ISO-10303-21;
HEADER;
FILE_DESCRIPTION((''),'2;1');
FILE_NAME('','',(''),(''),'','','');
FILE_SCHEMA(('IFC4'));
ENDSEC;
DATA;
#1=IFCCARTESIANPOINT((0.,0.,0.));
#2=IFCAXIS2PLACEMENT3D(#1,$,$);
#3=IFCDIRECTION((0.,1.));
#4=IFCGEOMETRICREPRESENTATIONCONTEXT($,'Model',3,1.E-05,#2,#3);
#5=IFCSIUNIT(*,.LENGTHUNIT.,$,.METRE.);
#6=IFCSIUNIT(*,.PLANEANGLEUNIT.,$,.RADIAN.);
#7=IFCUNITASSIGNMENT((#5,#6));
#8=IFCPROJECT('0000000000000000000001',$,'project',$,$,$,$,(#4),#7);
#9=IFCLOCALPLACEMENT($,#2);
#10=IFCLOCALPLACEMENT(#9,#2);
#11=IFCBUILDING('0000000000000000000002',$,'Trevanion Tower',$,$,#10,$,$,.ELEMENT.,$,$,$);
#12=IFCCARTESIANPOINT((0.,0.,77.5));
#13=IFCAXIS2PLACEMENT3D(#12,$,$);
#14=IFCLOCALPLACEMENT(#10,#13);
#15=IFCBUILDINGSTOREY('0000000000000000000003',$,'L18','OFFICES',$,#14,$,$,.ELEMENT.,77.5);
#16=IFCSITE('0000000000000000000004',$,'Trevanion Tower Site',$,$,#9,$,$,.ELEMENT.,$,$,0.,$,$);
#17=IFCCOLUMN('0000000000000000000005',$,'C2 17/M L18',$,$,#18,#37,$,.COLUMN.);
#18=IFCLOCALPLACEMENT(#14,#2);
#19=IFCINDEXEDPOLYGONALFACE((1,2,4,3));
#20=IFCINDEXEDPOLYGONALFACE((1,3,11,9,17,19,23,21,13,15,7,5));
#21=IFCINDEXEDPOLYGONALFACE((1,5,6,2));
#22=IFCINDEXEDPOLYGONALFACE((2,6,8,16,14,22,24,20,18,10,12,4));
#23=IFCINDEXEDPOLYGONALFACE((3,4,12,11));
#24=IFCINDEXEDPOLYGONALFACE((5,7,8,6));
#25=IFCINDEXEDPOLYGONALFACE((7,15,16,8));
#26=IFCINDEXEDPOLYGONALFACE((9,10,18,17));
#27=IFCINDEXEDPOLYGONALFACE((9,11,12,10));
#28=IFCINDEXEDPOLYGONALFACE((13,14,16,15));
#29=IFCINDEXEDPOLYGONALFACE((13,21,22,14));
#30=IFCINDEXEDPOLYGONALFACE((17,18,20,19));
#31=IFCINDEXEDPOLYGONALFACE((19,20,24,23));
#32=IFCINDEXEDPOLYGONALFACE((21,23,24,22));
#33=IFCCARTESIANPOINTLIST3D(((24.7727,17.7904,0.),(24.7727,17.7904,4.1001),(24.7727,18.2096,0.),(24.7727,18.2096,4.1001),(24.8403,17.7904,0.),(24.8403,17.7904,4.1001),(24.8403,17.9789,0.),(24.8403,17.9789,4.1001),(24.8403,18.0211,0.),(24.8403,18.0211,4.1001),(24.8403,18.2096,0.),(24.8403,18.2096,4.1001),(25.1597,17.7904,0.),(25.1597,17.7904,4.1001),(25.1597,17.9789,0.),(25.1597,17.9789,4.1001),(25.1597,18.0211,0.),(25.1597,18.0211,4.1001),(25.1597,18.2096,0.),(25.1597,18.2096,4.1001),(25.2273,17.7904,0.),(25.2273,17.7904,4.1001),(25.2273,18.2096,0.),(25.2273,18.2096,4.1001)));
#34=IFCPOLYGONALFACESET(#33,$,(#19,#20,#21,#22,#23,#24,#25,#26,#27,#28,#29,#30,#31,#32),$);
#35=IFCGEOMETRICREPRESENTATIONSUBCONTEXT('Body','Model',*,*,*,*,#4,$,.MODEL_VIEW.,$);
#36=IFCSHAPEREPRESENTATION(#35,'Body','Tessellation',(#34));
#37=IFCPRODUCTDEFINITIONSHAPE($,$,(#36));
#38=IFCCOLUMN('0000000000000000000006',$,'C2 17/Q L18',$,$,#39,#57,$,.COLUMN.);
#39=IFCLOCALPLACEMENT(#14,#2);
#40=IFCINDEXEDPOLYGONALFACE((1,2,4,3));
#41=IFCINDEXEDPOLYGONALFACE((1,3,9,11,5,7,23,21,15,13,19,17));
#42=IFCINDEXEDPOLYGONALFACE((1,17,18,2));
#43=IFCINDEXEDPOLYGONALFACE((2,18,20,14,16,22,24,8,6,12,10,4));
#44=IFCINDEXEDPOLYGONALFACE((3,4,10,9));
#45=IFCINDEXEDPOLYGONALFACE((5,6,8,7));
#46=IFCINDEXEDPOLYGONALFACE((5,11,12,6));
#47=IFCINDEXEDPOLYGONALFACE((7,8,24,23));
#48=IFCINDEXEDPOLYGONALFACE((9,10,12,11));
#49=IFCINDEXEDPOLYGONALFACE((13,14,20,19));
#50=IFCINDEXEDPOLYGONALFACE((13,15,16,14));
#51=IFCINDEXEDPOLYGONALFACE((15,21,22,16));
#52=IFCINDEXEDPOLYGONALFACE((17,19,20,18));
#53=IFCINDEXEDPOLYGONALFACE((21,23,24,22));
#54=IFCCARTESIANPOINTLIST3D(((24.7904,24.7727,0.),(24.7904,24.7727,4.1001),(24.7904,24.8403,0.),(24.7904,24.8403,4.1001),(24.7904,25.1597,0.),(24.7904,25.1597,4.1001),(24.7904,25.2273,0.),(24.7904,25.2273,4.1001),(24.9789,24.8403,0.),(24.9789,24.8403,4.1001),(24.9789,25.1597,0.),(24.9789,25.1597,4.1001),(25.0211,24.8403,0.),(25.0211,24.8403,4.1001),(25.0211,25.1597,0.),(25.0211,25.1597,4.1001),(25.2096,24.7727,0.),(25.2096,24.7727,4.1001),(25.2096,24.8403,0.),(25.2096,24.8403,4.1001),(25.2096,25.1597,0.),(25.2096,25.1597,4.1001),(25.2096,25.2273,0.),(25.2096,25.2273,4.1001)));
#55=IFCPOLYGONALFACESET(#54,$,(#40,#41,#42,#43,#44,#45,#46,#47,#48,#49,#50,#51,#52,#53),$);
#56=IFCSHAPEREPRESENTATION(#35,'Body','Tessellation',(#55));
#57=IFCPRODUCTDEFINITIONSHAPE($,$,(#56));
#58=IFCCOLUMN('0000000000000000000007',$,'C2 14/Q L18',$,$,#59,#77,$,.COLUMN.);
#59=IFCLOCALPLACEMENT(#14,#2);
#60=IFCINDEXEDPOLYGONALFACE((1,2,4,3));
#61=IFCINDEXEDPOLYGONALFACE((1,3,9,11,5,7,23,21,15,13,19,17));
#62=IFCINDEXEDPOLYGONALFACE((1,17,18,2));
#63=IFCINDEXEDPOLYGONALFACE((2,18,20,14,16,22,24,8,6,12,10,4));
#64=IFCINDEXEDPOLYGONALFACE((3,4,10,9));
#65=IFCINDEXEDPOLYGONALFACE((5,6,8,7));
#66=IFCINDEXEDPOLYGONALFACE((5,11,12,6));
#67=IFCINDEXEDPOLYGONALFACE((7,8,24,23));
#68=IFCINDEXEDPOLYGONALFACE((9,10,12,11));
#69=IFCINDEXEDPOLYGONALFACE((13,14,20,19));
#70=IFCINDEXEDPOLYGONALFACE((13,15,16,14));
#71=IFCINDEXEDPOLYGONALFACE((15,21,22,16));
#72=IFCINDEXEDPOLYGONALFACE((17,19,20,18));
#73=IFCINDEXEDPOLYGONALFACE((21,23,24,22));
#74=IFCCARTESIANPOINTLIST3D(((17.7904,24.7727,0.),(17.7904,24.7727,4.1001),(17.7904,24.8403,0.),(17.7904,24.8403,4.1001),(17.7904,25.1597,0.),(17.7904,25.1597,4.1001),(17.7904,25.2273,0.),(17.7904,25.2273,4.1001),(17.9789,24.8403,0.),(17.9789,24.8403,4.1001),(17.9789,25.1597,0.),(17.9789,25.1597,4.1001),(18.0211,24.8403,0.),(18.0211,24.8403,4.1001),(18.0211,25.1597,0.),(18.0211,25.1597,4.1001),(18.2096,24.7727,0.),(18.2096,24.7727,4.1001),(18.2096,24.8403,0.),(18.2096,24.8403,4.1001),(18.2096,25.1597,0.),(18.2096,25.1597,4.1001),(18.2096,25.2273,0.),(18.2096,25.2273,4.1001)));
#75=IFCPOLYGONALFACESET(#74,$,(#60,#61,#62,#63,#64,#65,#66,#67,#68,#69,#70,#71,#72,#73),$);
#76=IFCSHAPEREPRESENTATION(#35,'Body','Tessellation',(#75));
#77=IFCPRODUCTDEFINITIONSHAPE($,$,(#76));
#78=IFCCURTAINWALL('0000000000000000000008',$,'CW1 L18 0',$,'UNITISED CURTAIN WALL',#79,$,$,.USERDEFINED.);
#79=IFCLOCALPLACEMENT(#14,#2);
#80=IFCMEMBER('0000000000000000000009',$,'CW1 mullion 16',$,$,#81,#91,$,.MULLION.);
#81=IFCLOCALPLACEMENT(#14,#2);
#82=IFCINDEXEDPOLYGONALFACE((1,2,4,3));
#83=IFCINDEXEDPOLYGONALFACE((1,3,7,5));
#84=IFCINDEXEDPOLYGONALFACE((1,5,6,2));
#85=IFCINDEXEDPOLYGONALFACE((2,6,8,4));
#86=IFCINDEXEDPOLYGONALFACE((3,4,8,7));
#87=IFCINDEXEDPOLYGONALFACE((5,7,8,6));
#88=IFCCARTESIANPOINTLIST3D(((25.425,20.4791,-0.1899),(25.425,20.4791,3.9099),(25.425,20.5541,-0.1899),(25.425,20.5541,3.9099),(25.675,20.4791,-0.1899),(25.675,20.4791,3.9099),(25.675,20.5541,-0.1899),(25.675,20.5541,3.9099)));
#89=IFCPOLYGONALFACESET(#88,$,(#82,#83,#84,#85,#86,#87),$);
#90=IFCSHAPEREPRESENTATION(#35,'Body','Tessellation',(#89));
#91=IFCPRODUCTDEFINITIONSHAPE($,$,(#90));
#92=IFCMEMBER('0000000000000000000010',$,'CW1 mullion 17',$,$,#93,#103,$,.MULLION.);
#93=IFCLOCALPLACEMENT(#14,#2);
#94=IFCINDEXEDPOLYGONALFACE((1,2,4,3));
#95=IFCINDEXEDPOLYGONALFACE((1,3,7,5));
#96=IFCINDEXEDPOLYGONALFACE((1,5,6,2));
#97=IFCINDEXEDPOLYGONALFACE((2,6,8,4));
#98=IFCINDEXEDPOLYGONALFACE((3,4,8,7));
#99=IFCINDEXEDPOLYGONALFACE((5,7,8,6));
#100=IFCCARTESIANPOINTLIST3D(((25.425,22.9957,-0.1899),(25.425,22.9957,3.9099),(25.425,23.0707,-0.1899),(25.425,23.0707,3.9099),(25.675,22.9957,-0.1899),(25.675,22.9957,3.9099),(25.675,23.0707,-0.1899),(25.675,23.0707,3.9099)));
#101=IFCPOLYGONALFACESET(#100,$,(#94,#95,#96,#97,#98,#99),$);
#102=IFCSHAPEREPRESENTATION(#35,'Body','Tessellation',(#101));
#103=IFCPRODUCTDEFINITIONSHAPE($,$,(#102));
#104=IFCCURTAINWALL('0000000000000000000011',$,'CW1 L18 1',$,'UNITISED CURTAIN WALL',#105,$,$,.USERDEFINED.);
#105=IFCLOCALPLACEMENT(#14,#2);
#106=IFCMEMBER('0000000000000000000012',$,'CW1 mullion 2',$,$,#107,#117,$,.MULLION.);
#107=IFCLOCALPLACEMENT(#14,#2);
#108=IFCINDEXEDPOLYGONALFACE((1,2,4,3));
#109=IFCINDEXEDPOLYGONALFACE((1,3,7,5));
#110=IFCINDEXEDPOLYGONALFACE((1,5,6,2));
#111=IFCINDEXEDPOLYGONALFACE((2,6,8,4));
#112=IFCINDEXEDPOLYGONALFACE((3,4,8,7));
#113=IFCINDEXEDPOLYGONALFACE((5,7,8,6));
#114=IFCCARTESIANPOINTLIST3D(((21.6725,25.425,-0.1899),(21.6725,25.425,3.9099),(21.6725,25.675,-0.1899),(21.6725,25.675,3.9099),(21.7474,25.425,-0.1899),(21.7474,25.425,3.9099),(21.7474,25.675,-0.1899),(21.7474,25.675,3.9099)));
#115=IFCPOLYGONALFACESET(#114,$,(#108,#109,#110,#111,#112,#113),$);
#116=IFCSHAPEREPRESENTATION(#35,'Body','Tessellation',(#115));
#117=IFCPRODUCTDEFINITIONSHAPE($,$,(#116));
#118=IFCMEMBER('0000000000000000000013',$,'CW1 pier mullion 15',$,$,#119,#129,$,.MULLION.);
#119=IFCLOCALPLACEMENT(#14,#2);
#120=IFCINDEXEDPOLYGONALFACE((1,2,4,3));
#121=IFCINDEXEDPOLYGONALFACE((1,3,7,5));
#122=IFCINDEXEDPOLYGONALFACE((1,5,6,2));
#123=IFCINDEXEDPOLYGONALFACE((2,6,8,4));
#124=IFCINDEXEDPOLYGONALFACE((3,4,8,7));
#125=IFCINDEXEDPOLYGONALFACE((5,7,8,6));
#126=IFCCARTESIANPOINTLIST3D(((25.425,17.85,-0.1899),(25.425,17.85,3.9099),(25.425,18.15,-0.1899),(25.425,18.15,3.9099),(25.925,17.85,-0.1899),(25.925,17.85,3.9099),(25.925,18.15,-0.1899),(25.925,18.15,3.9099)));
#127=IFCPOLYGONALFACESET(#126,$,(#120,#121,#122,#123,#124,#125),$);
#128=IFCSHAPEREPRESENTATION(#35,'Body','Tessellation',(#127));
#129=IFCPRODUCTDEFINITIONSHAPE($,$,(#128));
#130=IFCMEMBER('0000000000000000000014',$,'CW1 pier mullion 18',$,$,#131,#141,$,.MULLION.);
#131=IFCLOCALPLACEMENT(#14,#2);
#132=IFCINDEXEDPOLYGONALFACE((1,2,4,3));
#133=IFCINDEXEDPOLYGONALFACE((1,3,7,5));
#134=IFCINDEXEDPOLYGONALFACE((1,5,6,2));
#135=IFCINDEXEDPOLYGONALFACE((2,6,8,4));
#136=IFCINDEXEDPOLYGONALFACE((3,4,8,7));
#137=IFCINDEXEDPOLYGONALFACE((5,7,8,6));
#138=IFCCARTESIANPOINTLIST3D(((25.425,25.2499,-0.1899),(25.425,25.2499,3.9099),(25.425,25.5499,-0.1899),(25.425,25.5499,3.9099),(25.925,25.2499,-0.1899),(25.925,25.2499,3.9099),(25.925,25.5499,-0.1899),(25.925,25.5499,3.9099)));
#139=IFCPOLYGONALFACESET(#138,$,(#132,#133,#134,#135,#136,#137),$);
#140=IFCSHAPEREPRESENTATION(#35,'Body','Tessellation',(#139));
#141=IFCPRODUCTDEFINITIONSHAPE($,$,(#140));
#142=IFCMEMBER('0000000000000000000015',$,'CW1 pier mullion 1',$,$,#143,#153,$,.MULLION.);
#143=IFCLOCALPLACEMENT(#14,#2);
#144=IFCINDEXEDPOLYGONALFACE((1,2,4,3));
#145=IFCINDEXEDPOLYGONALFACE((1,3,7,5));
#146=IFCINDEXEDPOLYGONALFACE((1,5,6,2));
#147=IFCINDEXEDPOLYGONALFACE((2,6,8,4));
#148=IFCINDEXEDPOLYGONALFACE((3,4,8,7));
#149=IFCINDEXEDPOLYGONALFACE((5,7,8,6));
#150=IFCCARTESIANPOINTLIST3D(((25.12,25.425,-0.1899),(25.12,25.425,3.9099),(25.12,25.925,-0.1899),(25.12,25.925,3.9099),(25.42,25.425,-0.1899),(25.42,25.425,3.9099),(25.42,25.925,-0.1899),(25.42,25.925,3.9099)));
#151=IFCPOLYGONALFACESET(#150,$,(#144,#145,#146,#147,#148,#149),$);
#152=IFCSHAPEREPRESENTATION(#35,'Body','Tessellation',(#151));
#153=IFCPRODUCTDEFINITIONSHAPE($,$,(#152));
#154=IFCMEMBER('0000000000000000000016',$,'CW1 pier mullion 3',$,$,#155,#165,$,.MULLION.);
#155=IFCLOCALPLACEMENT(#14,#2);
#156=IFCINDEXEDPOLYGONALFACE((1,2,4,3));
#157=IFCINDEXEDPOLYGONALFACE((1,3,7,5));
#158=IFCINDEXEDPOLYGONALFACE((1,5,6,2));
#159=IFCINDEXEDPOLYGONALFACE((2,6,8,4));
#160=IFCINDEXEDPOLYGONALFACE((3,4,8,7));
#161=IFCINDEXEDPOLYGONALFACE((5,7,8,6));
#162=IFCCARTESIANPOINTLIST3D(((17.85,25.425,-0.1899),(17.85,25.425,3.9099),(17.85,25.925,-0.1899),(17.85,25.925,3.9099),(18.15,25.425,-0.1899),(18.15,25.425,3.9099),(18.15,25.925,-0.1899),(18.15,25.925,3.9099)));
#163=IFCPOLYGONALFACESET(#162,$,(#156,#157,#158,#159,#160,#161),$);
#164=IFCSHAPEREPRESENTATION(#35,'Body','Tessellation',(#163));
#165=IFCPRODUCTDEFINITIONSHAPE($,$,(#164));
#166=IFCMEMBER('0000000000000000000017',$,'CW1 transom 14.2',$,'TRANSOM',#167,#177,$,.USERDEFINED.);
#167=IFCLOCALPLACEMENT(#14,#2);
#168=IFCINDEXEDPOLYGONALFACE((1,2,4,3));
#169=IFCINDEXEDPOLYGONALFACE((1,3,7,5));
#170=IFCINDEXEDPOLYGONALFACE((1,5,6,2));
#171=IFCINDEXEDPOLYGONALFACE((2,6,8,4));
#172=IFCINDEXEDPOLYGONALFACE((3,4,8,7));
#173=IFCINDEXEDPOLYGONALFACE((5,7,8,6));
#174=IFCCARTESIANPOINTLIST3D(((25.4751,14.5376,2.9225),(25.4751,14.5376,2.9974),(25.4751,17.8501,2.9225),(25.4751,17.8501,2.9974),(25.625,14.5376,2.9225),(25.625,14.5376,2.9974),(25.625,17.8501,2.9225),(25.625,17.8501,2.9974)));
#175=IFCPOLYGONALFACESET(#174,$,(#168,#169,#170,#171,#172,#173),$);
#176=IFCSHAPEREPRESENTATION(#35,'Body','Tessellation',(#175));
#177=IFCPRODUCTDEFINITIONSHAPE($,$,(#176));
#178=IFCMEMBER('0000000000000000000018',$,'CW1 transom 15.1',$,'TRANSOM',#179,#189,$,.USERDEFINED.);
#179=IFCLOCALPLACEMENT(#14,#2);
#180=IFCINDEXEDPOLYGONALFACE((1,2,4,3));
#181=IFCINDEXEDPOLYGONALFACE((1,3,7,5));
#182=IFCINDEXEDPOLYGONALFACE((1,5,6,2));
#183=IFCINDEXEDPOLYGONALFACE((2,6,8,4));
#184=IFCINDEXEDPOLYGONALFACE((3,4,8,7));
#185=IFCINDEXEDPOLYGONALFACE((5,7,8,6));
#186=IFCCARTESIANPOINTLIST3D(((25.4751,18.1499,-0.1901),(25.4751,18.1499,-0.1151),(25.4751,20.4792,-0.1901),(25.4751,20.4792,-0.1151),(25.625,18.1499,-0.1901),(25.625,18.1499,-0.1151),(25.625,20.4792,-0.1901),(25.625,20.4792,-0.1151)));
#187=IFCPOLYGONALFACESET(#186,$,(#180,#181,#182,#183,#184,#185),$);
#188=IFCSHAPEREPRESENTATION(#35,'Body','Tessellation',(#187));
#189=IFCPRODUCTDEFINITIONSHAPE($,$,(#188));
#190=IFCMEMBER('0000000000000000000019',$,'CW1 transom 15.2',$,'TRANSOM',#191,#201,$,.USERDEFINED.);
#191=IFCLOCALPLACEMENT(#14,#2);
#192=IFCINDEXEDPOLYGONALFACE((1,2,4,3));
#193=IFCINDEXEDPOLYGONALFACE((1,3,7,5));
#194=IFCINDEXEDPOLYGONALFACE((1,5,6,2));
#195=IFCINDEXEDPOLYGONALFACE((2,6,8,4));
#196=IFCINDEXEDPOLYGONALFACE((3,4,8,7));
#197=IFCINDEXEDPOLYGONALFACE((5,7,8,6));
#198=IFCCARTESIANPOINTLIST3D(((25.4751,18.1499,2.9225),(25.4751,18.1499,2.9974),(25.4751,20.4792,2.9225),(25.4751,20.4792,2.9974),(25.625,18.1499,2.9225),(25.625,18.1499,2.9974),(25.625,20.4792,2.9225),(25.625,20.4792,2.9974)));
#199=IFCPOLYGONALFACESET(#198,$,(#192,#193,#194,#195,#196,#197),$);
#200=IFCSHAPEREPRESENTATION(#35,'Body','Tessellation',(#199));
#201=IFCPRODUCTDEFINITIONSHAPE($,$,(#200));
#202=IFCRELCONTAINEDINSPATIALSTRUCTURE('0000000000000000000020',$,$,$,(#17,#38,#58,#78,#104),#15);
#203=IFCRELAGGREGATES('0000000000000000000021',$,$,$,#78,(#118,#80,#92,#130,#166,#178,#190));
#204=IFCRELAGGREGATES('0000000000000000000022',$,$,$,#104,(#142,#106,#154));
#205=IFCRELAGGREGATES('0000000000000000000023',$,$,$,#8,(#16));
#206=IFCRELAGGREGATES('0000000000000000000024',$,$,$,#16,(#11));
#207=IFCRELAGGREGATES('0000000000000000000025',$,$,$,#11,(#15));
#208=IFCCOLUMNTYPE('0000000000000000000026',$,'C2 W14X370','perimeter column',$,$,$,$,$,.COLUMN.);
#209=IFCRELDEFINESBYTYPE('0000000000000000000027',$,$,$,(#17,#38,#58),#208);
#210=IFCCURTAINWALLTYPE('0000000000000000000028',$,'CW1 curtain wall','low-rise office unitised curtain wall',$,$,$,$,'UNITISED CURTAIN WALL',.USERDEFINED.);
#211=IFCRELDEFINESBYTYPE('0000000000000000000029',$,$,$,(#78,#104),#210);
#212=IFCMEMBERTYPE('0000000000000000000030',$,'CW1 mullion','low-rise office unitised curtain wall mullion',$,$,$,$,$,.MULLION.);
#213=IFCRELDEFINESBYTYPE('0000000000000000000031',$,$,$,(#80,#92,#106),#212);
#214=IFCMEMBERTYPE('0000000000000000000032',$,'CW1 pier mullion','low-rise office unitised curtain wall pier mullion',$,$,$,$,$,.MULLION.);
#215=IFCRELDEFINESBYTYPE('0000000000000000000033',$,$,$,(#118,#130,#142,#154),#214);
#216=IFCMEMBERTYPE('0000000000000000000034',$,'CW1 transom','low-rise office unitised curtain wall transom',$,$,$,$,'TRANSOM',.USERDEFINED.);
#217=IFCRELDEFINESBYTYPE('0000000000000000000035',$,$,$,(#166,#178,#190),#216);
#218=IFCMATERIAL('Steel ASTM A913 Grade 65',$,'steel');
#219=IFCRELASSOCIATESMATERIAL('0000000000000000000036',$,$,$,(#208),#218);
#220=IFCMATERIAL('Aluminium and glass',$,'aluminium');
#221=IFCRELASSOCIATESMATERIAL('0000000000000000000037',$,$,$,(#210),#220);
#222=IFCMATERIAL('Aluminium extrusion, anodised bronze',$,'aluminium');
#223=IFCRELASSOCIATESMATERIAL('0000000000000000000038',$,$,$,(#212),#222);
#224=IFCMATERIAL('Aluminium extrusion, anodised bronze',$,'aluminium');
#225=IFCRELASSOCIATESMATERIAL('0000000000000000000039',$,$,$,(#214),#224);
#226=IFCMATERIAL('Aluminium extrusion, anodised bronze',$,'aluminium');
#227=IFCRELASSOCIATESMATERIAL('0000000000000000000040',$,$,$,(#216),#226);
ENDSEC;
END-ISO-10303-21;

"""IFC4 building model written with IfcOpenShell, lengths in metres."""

from ifc_helpers import new_model, si_unit, direction, frame, origin, origin_2d, place, context, subcontext, project, spatial, rectangle, i_section, extrude, material, material_profile, profile_set, type_object, element, aggregate, save


model = new_model("IFC4")

# Units and contexts
model_context = context("Model", 3, precision=1e-05, world=origin(), true_north=direction((0.0, 1.0)))
body_context = subcontext(model_context, "Body", "Model", "MODEL_VIEW")
ifc_project = project(units=[si_unit("LENGTHUNIT", "METRE"), si_unit("PLANEANGLEUNIT", "RADIAN")], contexts=[model_context])

# Site, building, storey
site_placement = place(None, origin())
site = spatial("IfcSite", under=ifc_project, at=site_placement, Name="Trevanion Tower Site", CompositionType="ELEMENT", RefElevation=0.0)
building_placement = place(site_placement, origin())
building = spatial("IfcBuilding", under=site, at=building_placement, Name="Trevanion Tower", CompositionType="ELEMENT")
storey_placement = place(building_placement, frame((0.0, 0.0, 77.5)))
storey = spatial("IfcBuildingStorey", under=building, at=storey_placement, Name="L18", Description="OFFICES", CompositionType="ELEMENT", Elevation=77.5)

# Columns
ifc_material_1 = material(Name="Steel ASTM A913 Grade 65", Category="steel")
ifc_material_profile_1 = material_profile(ifc_material_1, i_section(OverallWidth=0.4192, OverallDepth=0.4546, WebThickness=0.0422, FlangeThickness=0.0676, at=origin_2d()), Name="W14X370")
ifc_profile_set_1 = profile_set([ifc_material_profile_1], Name="Steel ASTM A913 Grade 65")
column_type = type_object("IfcColumnType", Name="C2 W14X370", Description="perimeter column", PredefinedType="COLUMN", material=ifc_profile_set_1)
for number, where, z_axis, x_axis, name in (
    (1, (25.0, 18.0, 0.0), (0.0, 0.0, 1.0), (0.0, 1.0, 0.0), "C2 17/M L18"),
    (2, (25.0, 25.0, 0.0), (0.0, 0.0, 1.0), (1.0, 0.0, 0.0), "C2 17/Q L18"),
    (3, (18.0, 25.0, 0.0), (0.0, 0.0, 1.0), (1.0, 0.0, 0.0), "C2 14/Q L18"),
):
    element("IfcColumn", number, at=place(storey_placement, frame(where, z_axis=z_axis, x_axis=x_axis)), inside=storey, type_object=column_type, Name=name, PredefinedType="COLUMN", context=body_context, shape_type="SweptSolid", body=[
        extrude(i_section(OverallWidth=0.4192, OverallDepth=0.4546, WebThickness=0.0422, FlangeThickness=0.0676, at=origin_2d()), origin(), (0.0, 0.0, 1.0), 4.1001),
    ])

# Curtain wall, members
ifc_material_2 = material(Name="Aluminium and glass", Category="aluminium")
curtain_wall_type = type_object("IfcCurtainWallType", Name="CW1 curtain wall", Description="low-rise office unitised curtain wall", ElementType="UNITISED CURTAIN WALL", PredefinedType="USERDEFINED", material=ifc_material_2)
curtain_wall_1_placement = place(storey_placement, origin())
curtain_wall_1 = element("IfcCurtainWall", 4, at=curtain_wall_1_placement, inside=storey, type_object=curtain_wall_type, Name="CW1 L18 0", ObjectType="UNITISED CURTAIN WALL", PredefinedType="USERDEFINED")
ifc_material_3 = material(Name="Aluminium extrusion, anodised bronze", Category="aluminium")
ifc_material_profile_2 = material_profile(ifc_material_3, rectangle(XDim=0.075, YDim=0.25, at=origin_2d()), Name="CW1 mullion")
ifc_profile_set_2 = profile_set([ifc_material_profile_2], Name="Aluminium extrusion, anodised bronze")
member_type_1 = type_object("IfcMemberType", Name="CW1 mullion", Description="low-rise office unitised curtain wall mullion", PredefinedType="MULLION", material=ifc_profile_set_2)
member_1_placement = place(storey_placement, frame((25.55, 20.5166, -0.1899), z_axis=(0.0, 0.0, 1.0), x_axis=(0.0, 1.0, 0.0)))
member_1 = element("IfcMember", 5, at=member_1_placement, type_object=member_type_1, Name="CW1 mullion 16", PredefinedType="MULLION", context=body_context, shape_type="SweptSolid", body=[
    extrude(rectangle(XDim=0.075, YDim=0.25, at=origin_2d()), origin(), (0.0, 0.0, 1.0), 4.0999),
])
member_2_placement = place(storey_placement, frame((25.55, 23.0332, -0.1899), z_axis=(0.0, 0.0, 1.0), x_axis=(0.0, 1.0, 0.0)))
member_2 = element("IfcMember", 6, at=member_2_placement, type_object=member_type_1, Name="CW1 mullion 17", PredefinedType="MULLION", context=body_context, shape_type="SweptSolid", body=[
    extrude(rectangle(XDim=0.075, YDim=0.25, at=origin_2d()), origin(), (0.0, 0.0, 1.0), 4.0999),
])

# Curtain wall, member
curtain_wall_2_placement = place(storey_placement, origin())
curtain_wall_2 = element("IfcCurtainWall", 7, at=curtain_wall_2_placement, inside=storey, type_object=curtain_wall_type, Name="CW1 L18 1", ObjectType="UNITISED CURTAIN WALL", PredefinedType="USERDEFINED")
member_3_placement = place(storey_placement, frame((21.71, 25.55, -0.1899), z_axis=(0.0, 0.0, 1.0), x_axis=(-1.0, 0.0, 0.0)))
member_3 = element("IfcMember", 8, at=member_3_placement, type_object=member_type_1, Name="CW1 mullion 2", PredefinedType="MULLION", context=body_context, shape_type="SweptSolid", body=[
    extrude(rectangle(XDim=0.075, YDim=0.25, at=origin_2d()), origin(), (0.0, 0.0, 1.0), 4.0999),
])

# Members
ifc_material_4 = material(Name="Aluminium extrusion, anodised bronze", Category="aluminium")
ifc_material_profile_3 = material_profile(ifc_material_4, rectangle(XDim=0.3, YDim=0.5, at=origin_2d()), Name="CW1 pier mullion")
ifc_profile_set_3 = profile_set([ifc_material_profile_3], Name="Aluminium extrusion, anodised bronze")
member_type_2 = type_object("IfcMemberType", Name="CW1 pier mullion", Description="low-rise office unitised curtain wall pier mullion", PredefinedType="MULLION", material=ifc_profile_set_3)
member_4_placement = place(storey_placement, frame((25.675, 18.0, -0.1899), z_axis=(0.0, 0.0, 1.0), x_axis=(0.0, 1.0, 0.0)))
member_4 = element("IfcMember", 9, at=member_4_placement, type_object=member_type_2, Name="CW1 pier mullion 15", PredefinedType="MULLION", context=body_context, shape_type="SweptSolid", body=[
    extrude(rectangle(XDim=0.3, YDim=0.5, at=origin_2d()), origin(), (0.0, 0.0, 1.0), 4.0999),
])
member_5_placement = place(storey_placement, frame((25.675, 25.3999, -0.1899), z_axis=(0.0, 0.0, 1.0), x_axis=(0.0, 1.0, 0.0)))
member_5 = element("IfcMember", 10, at=member_5_placement, type_object=member_type_2, Name="CW1 pier mullion 18", PredefinedType="MULLION", context=body_context, shape_type="SweptSolid", body=[
    extrude(rectangle(XDim=0.3, YDim=0.5, at=origin_2d()), origin(), (0.0, 0.0, 1.0), 4.0999),
])
member_6_placement = place(storey_placement, frame((25.27, 25.675, -0.1899), z_axis=(0.0, 0.0, 1.0), x_axis=(-1.0, 0.0, 0.0)))
member_6 = element("IfcMember", 11, at=member_6_placement, type_object=member_type_2, Name="CW1 pier mullion 1", PredefinedType="MULLION", context=body_context, shape_type="SweptSolid", body=[
    extrude(rectangle(XDim=0.3, YDim=0.5, at=origin_2d()), origin(), (0.0, 0.0, 1.0), 4.0999),
])
member_7_placement = place(storey_placement, frame((18.0, 25.675, -0.1899), z_axis=(0.0, 0.0, 1.0), x_axis=(-1.0, 0.0, 0.0)))
member_7 = element("IfcMember", 12, at=member_7_placement, type_object=member_type_2, Name="CW1 pier mullion 3", PredefinedType="MULLION", context=body_context, shape_type="SweptSolid", body=[
    extrude(rectangle(XDim=0.3, YDim=0.5, at=origin_2d()), origin(), (0.0, 0.0, 1.0), 4.0999),
])
ifc_material_5 = material(Name="Aluminium extrusion, anodised bronze", Category="aluminium")
ifc_material_profile_4 = material_profile(ifc_material_5, rectangle(XDim=0.1499, YDim=0.075, at=origin_2d()), Name="CW1 transom")
ifc_profile_set_4 = profile_set([ifc_material_profile_4], Name="Aluminium extrusion, anodised bronze")
member_type_3 = type_object("IfcMemberType", Name="CW1 transom", Description="low-rise office unitised curtain wall transom", ElementType="TRANSOM", PredefinedType="USERDEFINED", material=ifc_profile_set_4)
member_8_placement = place(storey_placement, frame((25.55, 14.5376, 2.96), z_axis=(0.0, 1.0, 0.0), x_axis=(-1.0, 0.0, 0.0)))
member_8 = element("IfcMember", 13, at=member_8_placement, type_object=member_type_3, Name="CW1 transom 14.2", ObjectType="TRANSOM", PredefinedType="USERDEFINED", context=body_context, shape_type="SweptSolid", body=[
    extrude(rectangle(XDim=0.1499, YDim=0.075, at=origin_2d()), origin(), (0.0, 0.0, 1.0), 3.3125),
])
member_9_placement = place(storey_placement, frame((25.55, 18.1499, -0.1526), z_axis=(0.0, 1.0, 0.0), x_axis=(-1.0, 0.0, 0.0)))
member_9 = element("IfcMember", 14, at=member_9_placement, type_object=member_type_3, Name="CW1 transom 15.1", ObjectType="TRANSOM", PredefinedType="USERDEFINED", context=body_context, shape_type="SweptSolid", body=[
    extrude(rectangle(XDim=0.1499, YDim=0.075, at=origin_2d()), origin(), (0.0, 0.0, 1.0), 2.3293),
])
member_10_placement = place(storey_placement, frame((25.55, 18.1499, 2.96), z_axis=(0.0, 1.0, 0.0), x_axis=(-1.0, 0.0, 0.0)))
member_10 = element("IfcMember", 15, at=member_10_placement, type_object=member_type_3, Name="CW1 transom 15.2", ObjectType="TRANSOM", PredefinedType="USERDEFINED", context=body_context, shape_type="SweptSolid", body=[
    extrude(rectangle(XDim=0.1499, YDim=0.075, at=origin_2d()), origin(), (0.0, 0.0, 1.0), 2.3293),
])

aggregate(curtain_wall_1, [member_4, member_1, member_2, member_5, member_8, member_9, member_10])
aggregate(curtain_wall_2, [member_6, member_3, member_7])

save(model, "model.ifc")
